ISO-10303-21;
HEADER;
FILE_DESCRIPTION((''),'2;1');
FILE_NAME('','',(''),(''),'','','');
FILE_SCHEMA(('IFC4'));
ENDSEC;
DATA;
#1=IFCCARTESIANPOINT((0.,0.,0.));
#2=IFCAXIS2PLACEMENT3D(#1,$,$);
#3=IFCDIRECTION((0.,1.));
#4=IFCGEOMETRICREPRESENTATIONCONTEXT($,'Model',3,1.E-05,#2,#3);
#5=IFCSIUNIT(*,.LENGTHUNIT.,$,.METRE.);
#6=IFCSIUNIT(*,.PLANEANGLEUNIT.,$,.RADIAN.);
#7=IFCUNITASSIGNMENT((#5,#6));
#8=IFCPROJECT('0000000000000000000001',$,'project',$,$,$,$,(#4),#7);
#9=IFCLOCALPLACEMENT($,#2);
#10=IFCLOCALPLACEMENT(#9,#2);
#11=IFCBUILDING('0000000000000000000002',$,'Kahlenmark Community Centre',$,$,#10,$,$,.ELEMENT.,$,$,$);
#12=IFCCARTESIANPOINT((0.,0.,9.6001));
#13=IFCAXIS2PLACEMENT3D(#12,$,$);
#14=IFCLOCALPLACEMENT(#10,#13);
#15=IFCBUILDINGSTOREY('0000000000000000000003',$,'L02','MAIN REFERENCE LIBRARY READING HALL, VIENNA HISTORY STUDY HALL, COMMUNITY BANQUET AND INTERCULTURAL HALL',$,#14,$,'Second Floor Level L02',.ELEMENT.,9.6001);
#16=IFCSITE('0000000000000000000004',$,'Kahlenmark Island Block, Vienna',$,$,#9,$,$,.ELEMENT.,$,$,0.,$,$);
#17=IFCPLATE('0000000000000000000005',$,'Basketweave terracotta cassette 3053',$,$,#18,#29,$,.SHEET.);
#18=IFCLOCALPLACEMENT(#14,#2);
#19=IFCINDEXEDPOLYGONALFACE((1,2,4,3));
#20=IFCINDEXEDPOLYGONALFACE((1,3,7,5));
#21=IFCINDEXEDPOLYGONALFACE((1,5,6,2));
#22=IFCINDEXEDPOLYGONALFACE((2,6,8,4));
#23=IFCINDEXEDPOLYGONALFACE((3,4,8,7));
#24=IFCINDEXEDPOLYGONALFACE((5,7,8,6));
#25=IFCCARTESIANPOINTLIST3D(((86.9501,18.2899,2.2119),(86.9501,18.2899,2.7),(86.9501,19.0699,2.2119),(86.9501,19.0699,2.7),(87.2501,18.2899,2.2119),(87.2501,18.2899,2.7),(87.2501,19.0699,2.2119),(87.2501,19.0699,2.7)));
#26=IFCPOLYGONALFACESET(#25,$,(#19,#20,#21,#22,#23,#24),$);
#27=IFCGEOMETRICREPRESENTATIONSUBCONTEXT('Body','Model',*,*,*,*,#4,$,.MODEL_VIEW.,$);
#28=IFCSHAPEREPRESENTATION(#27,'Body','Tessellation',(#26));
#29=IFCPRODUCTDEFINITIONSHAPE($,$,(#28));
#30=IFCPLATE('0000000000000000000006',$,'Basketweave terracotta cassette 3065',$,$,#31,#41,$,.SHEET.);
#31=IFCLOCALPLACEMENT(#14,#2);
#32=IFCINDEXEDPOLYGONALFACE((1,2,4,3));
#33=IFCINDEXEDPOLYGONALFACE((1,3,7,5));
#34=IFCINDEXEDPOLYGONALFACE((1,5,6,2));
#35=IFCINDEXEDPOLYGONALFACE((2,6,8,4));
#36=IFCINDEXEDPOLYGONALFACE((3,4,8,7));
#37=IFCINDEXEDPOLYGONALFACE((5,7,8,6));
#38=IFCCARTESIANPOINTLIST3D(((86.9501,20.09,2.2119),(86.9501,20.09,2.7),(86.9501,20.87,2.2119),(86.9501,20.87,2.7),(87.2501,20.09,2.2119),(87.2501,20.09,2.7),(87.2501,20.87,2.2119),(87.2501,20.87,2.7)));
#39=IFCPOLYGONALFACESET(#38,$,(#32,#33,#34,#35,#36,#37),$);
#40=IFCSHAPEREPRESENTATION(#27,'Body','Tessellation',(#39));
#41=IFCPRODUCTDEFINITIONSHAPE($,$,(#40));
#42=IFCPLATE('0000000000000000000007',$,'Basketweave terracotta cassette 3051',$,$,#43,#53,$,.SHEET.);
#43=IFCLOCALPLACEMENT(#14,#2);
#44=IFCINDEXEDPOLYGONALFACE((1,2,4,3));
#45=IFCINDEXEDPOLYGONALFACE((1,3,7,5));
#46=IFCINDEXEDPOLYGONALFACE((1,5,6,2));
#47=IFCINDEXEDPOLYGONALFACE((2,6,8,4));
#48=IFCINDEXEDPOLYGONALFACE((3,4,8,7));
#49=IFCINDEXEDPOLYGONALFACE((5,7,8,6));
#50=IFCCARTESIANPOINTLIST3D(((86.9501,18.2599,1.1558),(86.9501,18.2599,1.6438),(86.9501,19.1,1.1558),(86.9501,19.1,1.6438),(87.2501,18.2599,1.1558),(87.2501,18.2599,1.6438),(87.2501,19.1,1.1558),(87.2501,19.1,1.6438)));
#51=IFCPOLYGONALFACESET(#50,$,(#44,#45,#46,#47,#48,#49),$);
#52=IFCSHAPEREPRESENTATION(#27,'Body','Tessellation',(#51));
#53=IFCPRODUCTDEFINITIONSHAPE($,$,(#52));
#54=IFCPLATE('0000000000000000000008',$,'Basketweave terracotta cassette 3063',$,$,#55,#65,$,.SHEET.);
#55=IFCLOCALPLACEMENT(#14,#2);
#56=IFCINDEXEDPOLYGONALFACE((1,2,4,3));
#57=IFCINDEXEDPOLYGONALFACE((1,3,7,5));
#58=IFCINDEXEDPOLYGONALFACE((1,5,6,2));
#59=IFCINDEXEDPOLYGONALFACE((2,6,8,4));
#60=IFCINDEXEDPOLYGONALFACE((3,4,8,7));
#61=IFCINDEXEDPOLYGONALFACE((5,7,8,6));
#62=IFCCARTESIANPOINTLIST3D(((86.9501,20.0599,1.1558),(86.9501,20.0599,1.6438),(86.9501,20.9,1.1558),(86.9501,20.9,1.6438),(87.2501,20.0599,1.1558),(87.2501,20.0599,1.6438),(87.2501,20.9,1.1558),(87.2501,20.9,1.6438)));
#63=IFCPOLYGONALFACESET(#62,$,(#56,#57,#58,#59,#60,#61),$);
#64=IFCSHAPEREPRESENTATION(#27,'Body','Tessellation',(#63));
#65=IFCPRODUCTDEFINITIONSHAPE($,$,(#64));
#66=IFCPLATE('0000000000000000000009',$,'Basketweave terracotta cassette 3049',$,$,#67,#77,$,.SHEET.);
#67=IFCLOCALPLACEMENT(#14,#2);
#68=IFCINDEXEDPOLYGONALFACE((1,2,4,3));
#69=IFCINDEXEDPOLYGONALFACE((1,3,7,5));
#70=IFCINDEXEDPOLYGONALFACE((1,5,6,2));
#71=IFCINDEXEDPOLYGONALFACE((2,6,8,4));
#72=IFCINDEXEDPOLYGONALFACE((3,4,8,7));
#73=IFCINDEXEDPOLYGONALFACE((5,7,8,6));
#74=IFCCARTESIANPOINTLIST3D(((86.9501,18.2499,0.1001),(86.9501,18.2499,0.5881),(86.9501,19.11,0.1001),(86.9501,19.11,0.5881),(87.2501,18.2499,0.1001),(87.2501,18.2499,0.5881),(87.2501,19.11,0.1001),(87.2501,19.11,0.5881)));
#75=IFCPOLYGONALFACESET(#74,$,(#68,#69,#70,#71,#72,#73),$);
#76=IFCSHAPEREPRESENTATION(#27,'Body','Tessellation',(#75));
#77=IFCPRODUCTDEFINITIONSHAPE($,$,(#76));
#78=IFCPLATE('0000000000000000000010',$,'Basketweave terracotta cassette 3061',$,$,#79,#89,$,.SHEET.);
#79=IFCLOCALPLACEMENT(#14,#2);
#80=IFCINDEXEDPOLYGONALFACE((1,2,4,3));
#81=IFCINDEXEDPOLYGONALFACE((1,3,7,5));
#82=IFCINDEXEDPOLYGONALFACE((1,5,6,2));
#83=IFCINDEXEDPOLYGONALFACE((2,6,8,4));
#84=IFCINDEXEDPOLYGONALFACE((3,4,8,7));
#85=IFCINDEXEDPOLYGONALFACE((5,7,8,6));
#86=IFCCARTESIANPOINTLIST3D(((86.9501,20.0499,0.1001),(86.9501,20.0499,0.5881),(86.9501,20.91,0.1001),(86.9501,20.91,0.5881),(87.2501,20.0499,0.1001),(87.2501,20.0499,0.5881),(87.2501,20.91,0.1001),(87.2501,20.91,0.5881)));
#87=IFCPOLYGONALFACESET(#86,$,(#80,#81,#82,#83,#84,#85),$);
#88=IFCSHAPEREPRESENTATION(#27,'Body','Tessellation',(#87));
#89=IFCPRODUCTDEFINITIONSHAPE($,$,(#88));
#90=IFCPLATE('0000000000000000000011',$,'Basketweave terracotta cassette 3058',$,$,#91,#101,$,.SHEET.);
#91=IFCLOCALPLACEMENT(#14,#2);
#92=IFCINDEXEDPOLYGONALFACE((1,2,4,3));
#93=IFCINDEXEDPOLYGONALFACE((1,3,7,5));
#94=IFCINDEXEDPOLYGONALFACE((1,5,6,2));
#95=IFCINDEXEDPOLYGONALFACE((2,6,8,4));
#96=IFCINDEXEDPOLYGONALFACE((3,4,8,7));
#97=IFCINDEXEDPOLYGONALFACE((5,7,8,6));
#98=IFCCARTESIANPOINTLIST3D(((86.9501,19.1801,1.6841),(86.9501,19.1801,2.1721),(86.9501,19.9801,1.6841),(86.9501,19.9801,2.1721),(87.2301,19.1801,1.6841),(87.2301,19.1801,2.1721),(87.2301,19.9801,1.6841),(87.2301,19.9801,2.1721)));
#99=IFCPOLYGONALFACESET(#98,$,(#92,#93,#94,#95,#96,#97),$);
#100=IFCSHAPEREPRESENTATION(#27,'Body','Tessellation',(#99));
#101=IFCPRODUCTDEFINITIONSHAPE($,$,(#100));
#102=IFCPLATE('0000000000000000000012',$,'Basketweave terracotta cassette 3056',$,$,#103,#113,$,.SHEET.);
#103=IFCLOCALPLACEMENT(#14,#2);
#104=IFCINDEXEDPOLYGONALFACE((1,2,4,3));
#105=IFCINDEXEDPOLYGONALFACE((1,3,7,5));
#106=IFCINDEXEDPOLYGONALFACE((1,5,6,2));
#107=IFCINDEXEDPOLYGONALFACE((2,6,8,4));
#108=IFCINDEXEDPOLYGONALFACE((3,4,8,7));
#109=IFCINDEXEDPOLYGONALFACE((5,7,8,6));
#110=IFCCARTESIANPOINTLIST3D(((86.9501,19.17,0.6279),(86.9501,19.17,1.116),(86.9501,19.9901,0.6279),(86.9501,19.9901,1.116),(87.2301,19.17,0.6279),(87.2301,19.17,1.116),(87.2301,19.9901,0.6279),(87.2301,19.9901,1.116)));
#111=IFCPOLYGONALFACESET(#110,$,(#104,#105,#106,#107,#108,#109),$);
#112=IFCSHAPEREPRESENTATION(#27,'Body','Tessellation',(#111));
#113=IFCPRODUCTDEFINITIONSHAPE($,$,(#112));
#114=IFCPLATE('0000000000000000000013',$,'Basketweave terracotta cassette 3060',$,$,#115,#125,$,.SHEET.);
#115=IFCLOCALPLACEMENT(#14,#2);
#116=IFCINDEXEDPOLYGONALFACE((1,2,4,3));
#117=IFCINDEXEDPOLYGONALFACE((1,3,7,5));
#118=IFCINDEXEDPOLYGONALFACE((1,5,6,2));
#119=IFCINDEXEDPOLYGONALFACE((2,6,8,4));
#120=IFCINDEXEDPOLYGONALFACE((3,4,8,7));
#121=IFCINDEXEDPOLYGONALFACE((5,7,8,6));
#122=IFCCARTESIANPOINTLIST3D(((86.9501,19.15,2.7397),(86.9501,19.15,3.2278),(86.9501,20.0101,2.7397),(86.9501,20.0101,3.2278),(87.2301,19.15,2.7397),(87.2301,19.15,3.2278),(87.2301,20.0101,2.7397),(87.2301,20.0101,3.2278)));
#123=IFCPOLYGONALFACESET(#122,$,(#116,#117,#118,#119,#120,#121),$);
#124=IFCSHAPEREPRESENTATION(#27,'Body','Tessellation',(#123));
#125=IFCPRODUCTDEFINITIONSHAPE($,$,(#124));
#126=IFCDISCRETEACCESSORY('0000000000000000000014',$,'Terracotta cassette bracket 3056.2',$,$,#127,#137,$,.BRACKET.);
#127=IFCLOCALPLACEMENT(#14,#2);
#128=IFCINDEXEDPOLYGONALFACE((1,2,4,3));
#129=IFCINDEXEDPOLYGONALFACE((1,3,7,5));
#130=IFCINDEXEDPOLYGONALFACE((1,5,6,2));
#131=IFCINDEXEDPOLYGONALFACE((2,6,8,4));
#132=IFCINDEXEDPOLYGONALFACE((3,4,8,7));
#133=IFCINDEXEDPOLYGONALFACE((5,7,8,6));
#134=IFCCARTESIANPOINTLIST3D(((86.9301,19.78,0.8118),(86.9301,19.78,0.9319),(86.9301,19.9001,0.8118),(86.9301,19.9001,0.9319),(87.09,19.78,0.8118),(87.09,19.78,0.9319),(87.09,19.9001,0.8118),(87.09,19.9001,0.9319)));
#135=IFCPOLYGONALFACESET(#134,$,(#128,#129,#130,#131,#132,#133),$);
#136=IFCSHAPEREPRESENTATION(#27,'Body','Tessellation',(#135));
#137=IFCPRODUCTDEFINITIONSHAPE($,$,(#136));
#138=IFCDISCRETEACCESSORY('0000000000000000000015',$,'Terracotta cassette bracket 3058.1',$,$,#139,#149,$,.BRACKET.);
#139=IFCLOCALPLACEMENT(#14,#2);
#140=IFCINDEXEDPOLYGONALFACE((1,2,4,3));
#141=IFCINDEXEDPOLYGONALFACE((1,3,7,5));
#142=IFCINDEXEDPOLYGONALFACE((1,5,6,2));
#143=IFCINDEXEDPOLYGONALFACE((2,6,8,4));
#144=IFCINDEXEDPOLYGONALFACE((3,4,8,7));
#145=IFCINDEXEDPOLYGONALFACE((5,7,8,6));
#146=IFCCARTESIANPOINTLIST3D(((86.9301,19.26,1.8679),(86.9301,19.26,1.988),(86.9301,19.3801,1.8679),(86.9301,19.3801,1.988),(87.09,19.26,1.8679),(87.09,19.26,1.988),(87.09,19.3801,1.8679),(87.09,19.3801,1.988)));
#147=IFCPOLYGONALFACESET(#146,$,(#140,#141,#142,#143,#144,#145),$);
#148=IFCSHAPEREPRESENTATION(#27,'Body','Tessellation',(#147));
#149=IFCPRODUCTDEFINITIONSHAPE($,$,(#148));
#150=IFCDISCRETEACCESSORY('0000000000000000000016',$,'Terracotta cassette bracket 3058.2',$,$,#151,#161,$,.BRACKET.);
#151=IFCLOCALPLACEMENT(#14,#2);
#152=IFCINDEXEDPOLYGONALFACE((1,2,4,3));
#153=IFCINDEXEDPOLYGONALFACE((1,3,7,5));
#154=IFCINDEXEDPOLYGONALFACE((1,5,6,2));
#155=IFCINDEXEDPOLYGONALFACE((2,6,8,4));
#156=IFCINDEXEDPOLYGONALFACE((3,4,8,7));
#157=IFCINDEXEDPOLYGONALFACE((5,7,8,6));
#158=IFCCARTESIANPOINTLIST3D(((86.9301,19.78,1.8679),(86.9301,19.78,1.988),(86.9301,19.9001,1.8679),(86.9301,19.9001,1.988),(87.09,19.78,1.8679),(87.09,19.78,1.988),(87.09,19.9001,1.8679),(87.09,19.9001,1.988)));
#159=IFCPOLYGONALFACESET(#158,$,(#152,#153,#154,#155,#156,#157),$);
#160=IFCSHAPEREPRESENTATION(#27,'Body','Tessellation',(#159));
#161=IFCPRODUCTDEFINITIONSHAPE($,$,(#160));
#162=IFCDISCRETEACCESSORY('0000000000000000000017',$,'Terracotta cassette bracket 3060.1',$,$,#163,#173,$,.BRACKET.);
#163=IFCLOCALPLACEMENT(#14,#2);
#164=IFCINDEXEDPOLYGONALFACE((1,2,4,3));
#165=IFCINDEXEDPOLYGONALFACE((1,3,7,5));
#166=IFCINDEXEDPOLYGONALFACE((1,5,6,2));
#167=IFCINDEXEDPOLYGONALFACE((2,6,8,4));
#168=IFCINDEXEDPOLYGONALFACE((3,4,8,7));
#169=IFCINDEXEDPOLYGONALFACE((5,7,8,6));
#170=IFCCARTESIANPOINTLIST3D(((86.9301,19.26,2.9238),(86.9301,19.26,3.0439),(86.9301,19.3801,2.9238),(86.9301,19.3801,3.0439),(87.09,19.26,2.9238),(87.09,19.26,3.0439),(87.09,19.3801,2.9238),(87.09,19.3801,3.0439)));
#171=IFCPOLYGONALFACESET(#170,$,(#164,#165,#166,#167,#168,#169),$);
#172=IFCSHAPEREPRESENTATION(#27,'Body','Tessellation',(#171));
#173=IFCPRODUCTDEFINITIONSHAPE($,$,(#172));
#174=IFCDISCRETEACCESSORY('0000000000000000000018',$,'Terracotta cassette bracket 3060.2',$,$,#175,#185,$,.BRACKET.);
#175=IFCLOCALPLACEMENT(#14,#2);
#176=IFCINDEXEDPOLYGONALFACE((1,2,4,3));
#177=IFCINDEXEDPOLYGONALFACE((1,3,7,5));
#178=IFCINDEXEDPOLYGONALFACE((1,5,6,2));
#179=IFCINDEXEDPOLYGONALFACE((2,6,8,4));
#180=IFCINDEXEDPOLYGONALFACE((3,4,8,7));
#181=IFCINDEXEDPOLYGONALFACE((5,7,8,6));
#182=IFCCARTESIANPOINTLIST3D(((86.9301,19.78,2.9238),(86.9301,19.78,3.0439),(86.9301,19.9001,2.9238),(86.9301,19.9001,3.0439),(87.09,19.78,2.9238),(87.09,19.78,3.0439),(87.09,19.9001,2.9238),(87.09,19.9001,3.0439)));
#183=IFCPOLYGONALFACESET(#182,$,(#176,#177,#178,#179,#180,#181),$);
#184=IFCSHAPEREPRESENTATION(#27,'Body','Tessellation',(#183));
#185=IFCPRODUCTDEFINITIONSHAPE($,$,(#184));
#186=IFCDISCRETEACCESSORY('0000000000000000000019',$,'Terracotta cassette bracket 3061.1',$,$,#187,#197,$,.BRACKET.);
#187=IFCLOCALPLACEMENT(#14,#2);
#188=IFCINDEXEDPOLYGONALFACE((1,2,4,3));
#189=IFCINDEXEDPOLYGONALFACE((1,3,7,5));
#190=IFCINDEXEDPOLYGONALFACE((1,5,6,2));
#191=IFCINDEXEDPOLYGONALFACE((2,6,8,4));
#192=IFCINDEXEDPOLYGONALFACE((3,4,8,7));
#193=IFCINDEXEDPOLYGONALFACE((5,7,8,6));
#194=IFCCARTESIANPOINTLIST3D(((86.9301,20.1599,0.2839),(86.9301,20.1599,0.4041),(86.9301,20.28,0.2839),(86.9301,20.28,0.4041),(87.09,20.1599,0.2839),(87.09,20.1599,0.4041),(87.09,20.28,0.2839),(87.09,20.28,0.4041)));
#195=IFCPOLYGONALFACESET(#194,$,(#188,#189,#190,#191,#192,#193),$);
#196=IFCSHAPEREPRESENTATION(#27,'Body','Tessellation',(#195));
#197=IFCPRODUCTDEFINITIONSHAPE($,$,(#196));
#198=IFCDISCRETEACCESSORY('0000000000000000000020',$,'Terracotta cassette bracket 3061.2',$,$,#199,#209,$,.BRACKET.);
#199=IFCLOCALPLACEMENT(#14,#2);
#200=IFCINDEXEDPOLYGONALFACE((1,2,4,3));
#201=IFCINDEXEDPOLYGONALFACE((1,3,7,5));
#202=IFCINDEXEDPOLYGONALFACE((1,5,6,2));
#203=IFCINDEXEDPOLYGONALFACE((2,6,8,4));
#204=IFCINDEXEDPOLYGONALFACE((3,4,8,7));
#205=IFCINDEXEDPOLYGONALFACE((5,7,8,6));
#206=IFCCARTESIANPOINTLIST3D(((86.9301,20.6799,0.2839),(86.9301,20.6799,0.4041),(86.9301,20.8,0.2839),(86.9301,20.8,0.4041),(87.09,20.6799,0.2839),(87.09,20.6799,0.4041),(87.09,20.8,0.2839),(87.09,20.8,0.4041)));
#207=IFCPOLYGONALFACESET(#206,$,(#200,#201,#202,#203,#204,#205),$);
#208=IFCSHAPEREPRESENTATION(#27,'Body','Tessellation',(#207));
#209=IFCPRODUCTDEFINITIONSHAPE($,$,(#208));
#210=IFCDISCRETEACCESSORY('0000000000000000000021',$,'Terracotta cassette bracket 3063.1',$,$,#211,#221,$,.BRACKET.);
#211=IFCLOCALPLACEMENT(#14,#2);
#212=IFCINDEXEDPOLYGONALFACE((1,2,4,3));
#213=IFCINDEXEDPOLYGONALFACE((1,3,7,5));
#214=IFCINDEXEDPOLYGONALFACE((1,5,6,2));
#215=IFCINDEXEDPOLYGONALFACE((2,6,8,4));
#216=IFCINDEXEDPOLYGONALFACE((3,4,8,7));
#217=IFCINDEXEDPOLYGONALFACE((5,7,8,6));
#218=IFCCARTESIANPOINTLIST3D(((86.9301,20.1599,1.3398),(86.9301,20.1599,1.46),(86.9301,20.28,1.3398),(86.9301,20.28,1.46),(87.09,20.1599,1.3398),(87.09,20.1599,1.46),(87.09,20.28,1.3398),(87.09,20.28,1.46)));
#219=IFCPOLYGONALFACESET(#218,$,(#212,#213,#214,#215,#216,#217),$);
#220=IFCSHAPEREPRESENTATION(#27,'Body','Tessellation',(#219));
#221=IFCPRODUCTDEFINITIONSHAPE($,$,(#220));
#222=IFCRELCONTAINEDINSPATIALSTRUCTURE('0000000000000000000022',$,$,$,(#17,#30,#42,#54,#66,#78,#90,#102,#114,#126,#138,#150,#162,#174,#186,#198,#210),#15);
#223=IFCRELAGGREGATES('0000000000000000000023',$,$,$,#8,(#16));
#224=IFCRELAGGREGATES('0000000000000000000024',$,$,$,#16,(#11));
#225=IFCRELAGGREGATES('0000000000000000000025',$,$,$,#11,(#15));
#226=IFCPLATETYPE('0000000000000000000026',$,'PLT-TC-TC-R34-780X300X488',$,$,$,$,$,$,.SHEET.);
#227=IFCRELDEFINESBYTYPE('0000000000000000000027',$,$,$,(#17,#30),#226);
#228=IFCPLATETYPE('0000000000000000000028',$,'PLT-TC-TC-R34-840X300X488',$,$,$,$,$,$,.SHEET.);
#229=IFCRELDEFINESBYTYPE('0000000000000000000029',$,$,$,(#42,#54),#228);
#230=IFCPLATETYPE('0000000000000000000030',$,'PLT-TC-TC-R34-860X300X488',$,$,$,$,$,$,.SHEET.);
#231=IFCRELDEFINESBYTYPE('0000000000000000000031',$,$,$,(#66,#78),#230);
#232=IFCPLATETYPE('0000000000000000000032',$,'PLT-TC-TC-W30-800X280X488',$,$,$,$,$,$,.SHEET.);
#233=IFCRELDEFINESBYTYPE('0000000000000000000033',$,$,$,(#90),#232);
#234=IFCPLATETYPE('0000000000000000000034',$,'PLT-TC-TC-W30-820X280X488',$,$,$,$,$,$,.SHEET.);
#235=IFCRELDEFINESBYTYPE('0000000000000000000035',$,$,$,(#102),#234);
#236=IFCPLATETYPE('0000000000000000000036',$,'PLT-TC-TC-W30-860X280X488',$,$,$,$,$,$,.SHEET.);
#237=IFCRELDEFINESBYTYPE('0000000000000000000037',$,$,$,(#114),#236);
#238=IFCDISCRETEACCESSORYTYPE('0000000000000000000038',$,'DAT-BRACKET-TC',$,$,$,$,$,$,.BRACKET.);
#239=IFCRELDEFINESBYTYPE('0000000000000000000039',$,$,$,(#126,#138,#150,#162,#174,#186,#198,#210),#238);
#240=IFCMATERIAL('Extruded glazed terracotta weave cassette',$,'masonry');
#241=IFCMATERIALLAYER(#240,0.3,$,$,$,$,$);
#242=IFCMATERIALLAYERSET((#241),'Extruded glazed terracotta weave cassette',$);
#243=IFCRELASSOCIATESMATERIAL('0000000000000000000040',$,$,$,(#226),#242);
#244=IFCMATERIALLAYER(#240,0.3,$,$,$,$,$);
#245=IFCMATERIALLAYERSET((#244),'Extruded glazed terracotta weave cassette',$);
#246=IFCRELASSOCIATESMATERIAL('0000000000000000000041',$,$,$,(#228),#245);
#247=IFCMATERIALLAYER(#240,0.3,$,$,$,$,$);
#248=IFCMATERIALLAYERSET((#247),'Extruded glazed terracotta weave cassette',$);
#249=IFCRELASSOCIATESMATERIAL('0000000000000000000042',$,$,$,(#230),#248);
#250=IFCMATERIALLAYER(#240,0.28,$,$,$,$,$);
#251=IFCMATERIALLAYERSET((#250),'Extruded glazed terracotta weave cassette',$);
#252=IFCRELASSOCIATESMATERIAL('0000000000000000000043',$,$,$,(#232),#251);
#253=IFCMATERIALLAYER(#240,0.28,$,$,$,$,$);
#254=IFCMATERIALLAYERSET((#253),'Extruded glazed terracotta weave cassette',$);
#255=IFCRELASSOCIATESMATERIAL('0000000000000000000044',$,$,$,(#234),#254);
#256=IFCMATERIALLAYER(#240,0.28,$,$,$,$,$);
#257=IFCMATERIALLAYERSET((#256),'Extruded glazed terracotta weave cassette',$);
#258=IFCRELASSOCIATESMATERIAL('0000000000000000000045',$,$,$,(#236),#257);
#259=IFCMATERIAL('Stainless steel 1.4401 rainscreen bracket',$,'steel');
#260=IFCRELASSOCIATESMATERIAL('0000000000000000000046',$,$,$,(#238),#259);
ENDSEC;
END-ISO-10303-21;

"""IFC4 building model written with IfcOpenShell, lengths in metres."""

from ifc_helpers import new_model, si_unit, direction, frame, origin, origin_2d, place, context, subcontext, project, spatial, rectangle, extrude, material, layer, layer_set, type_object, element, save


model = new_model("IFC4")

# Units and contexts
model_context = context("Model", 3, precision=1e-05, world=origin(), true_north=direction((0.0, 1.0)))
body_context = subcontext(model_context, "Body", "Model", "MODEL_VIEW")
ifc_project = project(units=[si_unit("LENGTHUNIT", "METRE"), si_unit("PLANEANGLEUNIT", "RADIAN")], contexts=[model_context])

# Site, building, storey
site_placement = place(None, origin())
site = spatial("IfcSite", under=ifc_project, at=site_placement, Name="Kahlenmark Island Block, Vienna", CompositionType="ELEMENT", RefElevation=0.0)
building_placement = place(site_placement, origin())
building = spatial("IfcBuilding", under=site, at=building_placement, Name="Kahlenmark Community Centre", CompositionType="ELEMENT")
storey_placement = place(building_placement, frame((0.0, 0.0, 9.6001)))
storey = spatial("IfcBuildingStorey", under=building, at=storey_placement, Name="L02", Description="MAIN REFERENCE LIBRARY READING HALL, VIENNA HISTORY STUDY HALL, COMMUNITY BANQUET AND INTERCULTURAL HALL", LongName="Second Floor Level L02", CompositionType="ELEMENT", Elevation=9.6001)

# Plates
ifc_material_1 = material(Name="Extruded glazed terracotta weave cassette", Category="masonry")
ifc_layer_1 = layer(ifc_material_1, 0.3)
ifc_layer_set_1 = layer_set([ifc_layer_1], Name="Extruded glazed terracotta weave cassette")
plate_type_1 = type_object("IfcPlateType", Name="PLT-TC-TC-R34-780X300X488", PredefinedType="SHEET", material=ifc_layer_set_1)
for number, where, z_axis, x_axis, name in (
    (1, (87.1001, 18.6799, 2.2119), (0.0, 0.0, 1.0), (0.0, 1.0, 0.0), "Basketweave terracotta cassette 3053"),
    (2, (87.1001, 20.48, 2.2119), (0.0, 0.0, 1.0), (0.0, 1.0, 0.0), "Basketweave terracotta cassette 3065"),
):
    element("IfcPlate", number, at=place(storey_placement, frame(where, z_axis=z_axis, x_axis=x_axis)), inside=storey, type_object=plate_type_1, Name=name, PredefinedType="SHEET", context=body_context, shape_type="SweptSolid", body=[
        extrude(rectangle(XDim=0.78, YDim=0.3, at=origin_2d()), origin(), (0.0, 0.0, 1.0), 0.488),
    ])
ifc_layer_2 = layer(ifc_material_1, 0.3)
ifc_layer_set_2 = layer_set([ifc_layer_2], Name="Extruded glazed terracotta weave cassette")
plate_type_2 = type_object("IfcPlateType", Name="PLT-TC-TC-R34-840X300X488", PredefinedType="SHEET", material=ifc_layer_set_2)
for number, where, z_axis, x_axis, name in (
    (3, (87.1001, 18.6799, 1.1558), (0.0, 0.0, 1.0), (0.0, 1.0, 0.0), "Basketweave terracotta cassette 3051"),
    (4, (87.1001, 20.48, 1.1558), (0.0, 0.0, 1.0), (0.0, 1.0, 0.0), "Basketweave terracotta cassette 3063"),
):
    element("IfcPlate", number, at=place(storey_placement, frame(where, z_axis=z_axis, x_axis=x_axis)), inside=storey, type_object=plate_type_2, Name=name, PredefinedType="SHEET", context=body_context, shape_type="SweptSolid", body=[
        extrude(rectangle(XDim=0.8401, YDim=0.3, at=origin_2d()), origin(), (0.0, 0.0, 1.0), 0.488),
    ])
ifc_layer_3 = layer(ifc_material_1, 0.3)
ifc_layer_set_3 = layer_set([ifc_layer_3], Name="Extruded glazed terracotta weave cassette")
plate_type_3 = type_object("IfcPlateType", Name="PLT-TC-TC-R34-860X300X488", PredefinedType="SHEET", material=ifc_layer_set_3)
for number, where, z_axis, x_axis, name in (
    (5, (87.1001, 18.6799, 0.1001), (0.0, 0.0, 1.0), (0.0, 1.0, 0.0), "Basketweave terracotta cassette 3049"),
    (6, (87.1001, 20.48, 0.1001), (0.0, 0.0, 1.0), (0.0, 1.0, 0.0), "Basketweave terracotta cassette 3061"),
):
    element("IfcPlate", number, at=place(storey_placement, frame(where, z_axis=z_axis, x_axis=x_axis)), inside=storey, type_object=plate_type_3, Name=name, PredefinedType="SHEET", context=body_context, shape_type="SweptSolid", body=[
        extrude(rectangle(XDim=0.8601, YDim=0.3, at=origin_2d()), origin(), (0.0, 0.0, 1.0), 0.488),
    ])
ifc_layer_4 = layer(ifc_material_1, 0.28)
ifc_layer_set_4 = layer_set([ifc_layer_4], Name="Extruded glazed terracotta weave cassette")
plate_type_4 = type_object("IfcPlateType", Name="PLT-TC-TC-W30-800X280X488", PredefinedType="SHEET", material=ifc_layer_set_4)
plate_1_placement = place(storey_placement, frame((87.0901, 19.5801, 1.6841), z_axis=(0.0, 0.0, 1.0), x_axis=(0.0, 1.0, 0.0)))
element("IfcPlate", 7, at=plate_1_placement, inside=storey, type_object=plate_type_4, Name="Basketweave terracotta cassette 3058", PredefinedType="SHEET", context=body_context, shape_type="SweptSolid", body=[
    extrude(rectangle(XDim=0.8, YDim=0.28, at=origin_2d()), origin(), (0.0, 0.0, 1.0), 0.488),
])
ifc_layer_5 = layer(ifc_material_1, 0.28)
ifc_layer_set_5 = layer_set([ifc_layer_5], Name="Extruded glazed terracotta weave cassette")
plate_type_5 = type_object("IfcPlateType", Name="PLT-TC-TC-W30-820X280X488", PredefinedType="SHEET", material=ifc_layer_set_5)
plate_2_placement = place(storey_placement, frame((87.0901, 19.5801, 0.6279), z_axis=(0.0, 0.0, 1.0), x_axis=(0.0, 1.0, 0.0)))
element("IfcPlate", 8, at=plate_2_placement, inside=storey, type_object=plate_type_5, Name="Basketweave terracotta cassette 3056", PredefinedType="SHEET", context=body_context, shape_type="SweptSolid", body=[
    extrude(rectangle(XDim=0.8201, YDim=0.28, at=origin_2d()), origin(), (0.0, 0.0, 1.0), 0.488),
])
ifc_layer_6 = layer(ifc_material_1, 0.28)
ifc_layer_set_6 = layer_set([ifc_layer_6], Name="Extruded glazed terracotta weave cassette")
plate_type_6 = type_object("IfcPlateType", Name="PLT-TC-TC-W30-860X280X488", PredefinedType="SHEET", material=ifc_layer_set_6)
plate_3_placement = place(storey_placement, frame((87.0901, 19.5801, 2.7397), z_axis=(0.0, 0.0, 1.0), x_axis=(0.0, 1.0, 0.0)))
element("IfcPlate", 9, at=plate_3_placement, inside=storey, type_object=plate_type_6, Name="Basketweave terracotta cassette 3060", PredefinedType="SHEET", context=body_context, shape_type="SweptSolid", body=[
    extrude(rectangle(XDim=0.8601, YDim=0.28, at=origin_2d()), origin(), (0.0, 0.0, 1.0), 0.488),
])

# Discrete accessories
ifc_material_2 = material(Name="Stainless steel 1.4401 rainscreen bracket", Category="steel")
discrete_accessory_type = type_object("IfcDiscreteAccessoryType", Name="DAT-BRACKET-TC", PredefinedType="BRACKET", material=ifc_material_2)
for number, where, z_axis, x_axis, name in (
    (10, (87.01, 19.8401, 0.8118), (0.0, 0.0, 1.0), (0.0, 1.0, 0.0), "Terracotta cassette bracket 3056.2"),
    (11, (87.01, 19.3201, 1.8679), (0.0, 0.0, 1.0), (0.0, 1.0, 0.0), "Terracotta cassette bracket 3058.1"),
    (12, (87.01, 19.8401, 1.8679), (0.0, 0.0, 1.0), (0.0, 1.0, 0.0), "Terracotta cassette bracket 3058.2"),
    (13, (87.01, 19.3201, 2.9238), (0.0, 0.0, 1.0), (0.0, 1.0, 0.0), "Terracotta cassette bracket 3060.1"),
    (14, (87.01, 19.8401, 2.9238), (0.0, 0.0, 1.0), (0.0, 1.0, 0.0), "Terracotta cassette bracket 3060.2"),
    (15, (87.01, 20.22, 0.2839), (0.0, 0.0, 1.0), (0.0, 1.0, 0.0), "Terracotta cassette bracket 3061.1"),
    (16, (87.01, 20.74, 0.2839), (0.0, 0.0, 1.0), (0.0, 1.0, 0.0), "Terracotta cassette bracket 3061.2"),
    (17, (87.01, 20.22, 1.3398), (0.0, 0.0, 1.0), (0.0, 1.0, 0.0), "Terracotta cassette bracket 3063.1"),
):
    element("IfcDiscreteAccessory", number, at=place(storey_placement, frame(where, z_axis=z_axis, x_axis=x_axis)), inside=storey, type_object=discrete_accessory_type, Name=name, PredefinedType="BRACKET", context=body_context, shape_type="SweptSolid", body=[
        extrude(rectangle(XDim=0.1201, YDim=0.1599, at=origin_2d()), origin(), (0.0, 0.0, 1.0), 0.1201),
    ])

save(model, "model.ifc")
